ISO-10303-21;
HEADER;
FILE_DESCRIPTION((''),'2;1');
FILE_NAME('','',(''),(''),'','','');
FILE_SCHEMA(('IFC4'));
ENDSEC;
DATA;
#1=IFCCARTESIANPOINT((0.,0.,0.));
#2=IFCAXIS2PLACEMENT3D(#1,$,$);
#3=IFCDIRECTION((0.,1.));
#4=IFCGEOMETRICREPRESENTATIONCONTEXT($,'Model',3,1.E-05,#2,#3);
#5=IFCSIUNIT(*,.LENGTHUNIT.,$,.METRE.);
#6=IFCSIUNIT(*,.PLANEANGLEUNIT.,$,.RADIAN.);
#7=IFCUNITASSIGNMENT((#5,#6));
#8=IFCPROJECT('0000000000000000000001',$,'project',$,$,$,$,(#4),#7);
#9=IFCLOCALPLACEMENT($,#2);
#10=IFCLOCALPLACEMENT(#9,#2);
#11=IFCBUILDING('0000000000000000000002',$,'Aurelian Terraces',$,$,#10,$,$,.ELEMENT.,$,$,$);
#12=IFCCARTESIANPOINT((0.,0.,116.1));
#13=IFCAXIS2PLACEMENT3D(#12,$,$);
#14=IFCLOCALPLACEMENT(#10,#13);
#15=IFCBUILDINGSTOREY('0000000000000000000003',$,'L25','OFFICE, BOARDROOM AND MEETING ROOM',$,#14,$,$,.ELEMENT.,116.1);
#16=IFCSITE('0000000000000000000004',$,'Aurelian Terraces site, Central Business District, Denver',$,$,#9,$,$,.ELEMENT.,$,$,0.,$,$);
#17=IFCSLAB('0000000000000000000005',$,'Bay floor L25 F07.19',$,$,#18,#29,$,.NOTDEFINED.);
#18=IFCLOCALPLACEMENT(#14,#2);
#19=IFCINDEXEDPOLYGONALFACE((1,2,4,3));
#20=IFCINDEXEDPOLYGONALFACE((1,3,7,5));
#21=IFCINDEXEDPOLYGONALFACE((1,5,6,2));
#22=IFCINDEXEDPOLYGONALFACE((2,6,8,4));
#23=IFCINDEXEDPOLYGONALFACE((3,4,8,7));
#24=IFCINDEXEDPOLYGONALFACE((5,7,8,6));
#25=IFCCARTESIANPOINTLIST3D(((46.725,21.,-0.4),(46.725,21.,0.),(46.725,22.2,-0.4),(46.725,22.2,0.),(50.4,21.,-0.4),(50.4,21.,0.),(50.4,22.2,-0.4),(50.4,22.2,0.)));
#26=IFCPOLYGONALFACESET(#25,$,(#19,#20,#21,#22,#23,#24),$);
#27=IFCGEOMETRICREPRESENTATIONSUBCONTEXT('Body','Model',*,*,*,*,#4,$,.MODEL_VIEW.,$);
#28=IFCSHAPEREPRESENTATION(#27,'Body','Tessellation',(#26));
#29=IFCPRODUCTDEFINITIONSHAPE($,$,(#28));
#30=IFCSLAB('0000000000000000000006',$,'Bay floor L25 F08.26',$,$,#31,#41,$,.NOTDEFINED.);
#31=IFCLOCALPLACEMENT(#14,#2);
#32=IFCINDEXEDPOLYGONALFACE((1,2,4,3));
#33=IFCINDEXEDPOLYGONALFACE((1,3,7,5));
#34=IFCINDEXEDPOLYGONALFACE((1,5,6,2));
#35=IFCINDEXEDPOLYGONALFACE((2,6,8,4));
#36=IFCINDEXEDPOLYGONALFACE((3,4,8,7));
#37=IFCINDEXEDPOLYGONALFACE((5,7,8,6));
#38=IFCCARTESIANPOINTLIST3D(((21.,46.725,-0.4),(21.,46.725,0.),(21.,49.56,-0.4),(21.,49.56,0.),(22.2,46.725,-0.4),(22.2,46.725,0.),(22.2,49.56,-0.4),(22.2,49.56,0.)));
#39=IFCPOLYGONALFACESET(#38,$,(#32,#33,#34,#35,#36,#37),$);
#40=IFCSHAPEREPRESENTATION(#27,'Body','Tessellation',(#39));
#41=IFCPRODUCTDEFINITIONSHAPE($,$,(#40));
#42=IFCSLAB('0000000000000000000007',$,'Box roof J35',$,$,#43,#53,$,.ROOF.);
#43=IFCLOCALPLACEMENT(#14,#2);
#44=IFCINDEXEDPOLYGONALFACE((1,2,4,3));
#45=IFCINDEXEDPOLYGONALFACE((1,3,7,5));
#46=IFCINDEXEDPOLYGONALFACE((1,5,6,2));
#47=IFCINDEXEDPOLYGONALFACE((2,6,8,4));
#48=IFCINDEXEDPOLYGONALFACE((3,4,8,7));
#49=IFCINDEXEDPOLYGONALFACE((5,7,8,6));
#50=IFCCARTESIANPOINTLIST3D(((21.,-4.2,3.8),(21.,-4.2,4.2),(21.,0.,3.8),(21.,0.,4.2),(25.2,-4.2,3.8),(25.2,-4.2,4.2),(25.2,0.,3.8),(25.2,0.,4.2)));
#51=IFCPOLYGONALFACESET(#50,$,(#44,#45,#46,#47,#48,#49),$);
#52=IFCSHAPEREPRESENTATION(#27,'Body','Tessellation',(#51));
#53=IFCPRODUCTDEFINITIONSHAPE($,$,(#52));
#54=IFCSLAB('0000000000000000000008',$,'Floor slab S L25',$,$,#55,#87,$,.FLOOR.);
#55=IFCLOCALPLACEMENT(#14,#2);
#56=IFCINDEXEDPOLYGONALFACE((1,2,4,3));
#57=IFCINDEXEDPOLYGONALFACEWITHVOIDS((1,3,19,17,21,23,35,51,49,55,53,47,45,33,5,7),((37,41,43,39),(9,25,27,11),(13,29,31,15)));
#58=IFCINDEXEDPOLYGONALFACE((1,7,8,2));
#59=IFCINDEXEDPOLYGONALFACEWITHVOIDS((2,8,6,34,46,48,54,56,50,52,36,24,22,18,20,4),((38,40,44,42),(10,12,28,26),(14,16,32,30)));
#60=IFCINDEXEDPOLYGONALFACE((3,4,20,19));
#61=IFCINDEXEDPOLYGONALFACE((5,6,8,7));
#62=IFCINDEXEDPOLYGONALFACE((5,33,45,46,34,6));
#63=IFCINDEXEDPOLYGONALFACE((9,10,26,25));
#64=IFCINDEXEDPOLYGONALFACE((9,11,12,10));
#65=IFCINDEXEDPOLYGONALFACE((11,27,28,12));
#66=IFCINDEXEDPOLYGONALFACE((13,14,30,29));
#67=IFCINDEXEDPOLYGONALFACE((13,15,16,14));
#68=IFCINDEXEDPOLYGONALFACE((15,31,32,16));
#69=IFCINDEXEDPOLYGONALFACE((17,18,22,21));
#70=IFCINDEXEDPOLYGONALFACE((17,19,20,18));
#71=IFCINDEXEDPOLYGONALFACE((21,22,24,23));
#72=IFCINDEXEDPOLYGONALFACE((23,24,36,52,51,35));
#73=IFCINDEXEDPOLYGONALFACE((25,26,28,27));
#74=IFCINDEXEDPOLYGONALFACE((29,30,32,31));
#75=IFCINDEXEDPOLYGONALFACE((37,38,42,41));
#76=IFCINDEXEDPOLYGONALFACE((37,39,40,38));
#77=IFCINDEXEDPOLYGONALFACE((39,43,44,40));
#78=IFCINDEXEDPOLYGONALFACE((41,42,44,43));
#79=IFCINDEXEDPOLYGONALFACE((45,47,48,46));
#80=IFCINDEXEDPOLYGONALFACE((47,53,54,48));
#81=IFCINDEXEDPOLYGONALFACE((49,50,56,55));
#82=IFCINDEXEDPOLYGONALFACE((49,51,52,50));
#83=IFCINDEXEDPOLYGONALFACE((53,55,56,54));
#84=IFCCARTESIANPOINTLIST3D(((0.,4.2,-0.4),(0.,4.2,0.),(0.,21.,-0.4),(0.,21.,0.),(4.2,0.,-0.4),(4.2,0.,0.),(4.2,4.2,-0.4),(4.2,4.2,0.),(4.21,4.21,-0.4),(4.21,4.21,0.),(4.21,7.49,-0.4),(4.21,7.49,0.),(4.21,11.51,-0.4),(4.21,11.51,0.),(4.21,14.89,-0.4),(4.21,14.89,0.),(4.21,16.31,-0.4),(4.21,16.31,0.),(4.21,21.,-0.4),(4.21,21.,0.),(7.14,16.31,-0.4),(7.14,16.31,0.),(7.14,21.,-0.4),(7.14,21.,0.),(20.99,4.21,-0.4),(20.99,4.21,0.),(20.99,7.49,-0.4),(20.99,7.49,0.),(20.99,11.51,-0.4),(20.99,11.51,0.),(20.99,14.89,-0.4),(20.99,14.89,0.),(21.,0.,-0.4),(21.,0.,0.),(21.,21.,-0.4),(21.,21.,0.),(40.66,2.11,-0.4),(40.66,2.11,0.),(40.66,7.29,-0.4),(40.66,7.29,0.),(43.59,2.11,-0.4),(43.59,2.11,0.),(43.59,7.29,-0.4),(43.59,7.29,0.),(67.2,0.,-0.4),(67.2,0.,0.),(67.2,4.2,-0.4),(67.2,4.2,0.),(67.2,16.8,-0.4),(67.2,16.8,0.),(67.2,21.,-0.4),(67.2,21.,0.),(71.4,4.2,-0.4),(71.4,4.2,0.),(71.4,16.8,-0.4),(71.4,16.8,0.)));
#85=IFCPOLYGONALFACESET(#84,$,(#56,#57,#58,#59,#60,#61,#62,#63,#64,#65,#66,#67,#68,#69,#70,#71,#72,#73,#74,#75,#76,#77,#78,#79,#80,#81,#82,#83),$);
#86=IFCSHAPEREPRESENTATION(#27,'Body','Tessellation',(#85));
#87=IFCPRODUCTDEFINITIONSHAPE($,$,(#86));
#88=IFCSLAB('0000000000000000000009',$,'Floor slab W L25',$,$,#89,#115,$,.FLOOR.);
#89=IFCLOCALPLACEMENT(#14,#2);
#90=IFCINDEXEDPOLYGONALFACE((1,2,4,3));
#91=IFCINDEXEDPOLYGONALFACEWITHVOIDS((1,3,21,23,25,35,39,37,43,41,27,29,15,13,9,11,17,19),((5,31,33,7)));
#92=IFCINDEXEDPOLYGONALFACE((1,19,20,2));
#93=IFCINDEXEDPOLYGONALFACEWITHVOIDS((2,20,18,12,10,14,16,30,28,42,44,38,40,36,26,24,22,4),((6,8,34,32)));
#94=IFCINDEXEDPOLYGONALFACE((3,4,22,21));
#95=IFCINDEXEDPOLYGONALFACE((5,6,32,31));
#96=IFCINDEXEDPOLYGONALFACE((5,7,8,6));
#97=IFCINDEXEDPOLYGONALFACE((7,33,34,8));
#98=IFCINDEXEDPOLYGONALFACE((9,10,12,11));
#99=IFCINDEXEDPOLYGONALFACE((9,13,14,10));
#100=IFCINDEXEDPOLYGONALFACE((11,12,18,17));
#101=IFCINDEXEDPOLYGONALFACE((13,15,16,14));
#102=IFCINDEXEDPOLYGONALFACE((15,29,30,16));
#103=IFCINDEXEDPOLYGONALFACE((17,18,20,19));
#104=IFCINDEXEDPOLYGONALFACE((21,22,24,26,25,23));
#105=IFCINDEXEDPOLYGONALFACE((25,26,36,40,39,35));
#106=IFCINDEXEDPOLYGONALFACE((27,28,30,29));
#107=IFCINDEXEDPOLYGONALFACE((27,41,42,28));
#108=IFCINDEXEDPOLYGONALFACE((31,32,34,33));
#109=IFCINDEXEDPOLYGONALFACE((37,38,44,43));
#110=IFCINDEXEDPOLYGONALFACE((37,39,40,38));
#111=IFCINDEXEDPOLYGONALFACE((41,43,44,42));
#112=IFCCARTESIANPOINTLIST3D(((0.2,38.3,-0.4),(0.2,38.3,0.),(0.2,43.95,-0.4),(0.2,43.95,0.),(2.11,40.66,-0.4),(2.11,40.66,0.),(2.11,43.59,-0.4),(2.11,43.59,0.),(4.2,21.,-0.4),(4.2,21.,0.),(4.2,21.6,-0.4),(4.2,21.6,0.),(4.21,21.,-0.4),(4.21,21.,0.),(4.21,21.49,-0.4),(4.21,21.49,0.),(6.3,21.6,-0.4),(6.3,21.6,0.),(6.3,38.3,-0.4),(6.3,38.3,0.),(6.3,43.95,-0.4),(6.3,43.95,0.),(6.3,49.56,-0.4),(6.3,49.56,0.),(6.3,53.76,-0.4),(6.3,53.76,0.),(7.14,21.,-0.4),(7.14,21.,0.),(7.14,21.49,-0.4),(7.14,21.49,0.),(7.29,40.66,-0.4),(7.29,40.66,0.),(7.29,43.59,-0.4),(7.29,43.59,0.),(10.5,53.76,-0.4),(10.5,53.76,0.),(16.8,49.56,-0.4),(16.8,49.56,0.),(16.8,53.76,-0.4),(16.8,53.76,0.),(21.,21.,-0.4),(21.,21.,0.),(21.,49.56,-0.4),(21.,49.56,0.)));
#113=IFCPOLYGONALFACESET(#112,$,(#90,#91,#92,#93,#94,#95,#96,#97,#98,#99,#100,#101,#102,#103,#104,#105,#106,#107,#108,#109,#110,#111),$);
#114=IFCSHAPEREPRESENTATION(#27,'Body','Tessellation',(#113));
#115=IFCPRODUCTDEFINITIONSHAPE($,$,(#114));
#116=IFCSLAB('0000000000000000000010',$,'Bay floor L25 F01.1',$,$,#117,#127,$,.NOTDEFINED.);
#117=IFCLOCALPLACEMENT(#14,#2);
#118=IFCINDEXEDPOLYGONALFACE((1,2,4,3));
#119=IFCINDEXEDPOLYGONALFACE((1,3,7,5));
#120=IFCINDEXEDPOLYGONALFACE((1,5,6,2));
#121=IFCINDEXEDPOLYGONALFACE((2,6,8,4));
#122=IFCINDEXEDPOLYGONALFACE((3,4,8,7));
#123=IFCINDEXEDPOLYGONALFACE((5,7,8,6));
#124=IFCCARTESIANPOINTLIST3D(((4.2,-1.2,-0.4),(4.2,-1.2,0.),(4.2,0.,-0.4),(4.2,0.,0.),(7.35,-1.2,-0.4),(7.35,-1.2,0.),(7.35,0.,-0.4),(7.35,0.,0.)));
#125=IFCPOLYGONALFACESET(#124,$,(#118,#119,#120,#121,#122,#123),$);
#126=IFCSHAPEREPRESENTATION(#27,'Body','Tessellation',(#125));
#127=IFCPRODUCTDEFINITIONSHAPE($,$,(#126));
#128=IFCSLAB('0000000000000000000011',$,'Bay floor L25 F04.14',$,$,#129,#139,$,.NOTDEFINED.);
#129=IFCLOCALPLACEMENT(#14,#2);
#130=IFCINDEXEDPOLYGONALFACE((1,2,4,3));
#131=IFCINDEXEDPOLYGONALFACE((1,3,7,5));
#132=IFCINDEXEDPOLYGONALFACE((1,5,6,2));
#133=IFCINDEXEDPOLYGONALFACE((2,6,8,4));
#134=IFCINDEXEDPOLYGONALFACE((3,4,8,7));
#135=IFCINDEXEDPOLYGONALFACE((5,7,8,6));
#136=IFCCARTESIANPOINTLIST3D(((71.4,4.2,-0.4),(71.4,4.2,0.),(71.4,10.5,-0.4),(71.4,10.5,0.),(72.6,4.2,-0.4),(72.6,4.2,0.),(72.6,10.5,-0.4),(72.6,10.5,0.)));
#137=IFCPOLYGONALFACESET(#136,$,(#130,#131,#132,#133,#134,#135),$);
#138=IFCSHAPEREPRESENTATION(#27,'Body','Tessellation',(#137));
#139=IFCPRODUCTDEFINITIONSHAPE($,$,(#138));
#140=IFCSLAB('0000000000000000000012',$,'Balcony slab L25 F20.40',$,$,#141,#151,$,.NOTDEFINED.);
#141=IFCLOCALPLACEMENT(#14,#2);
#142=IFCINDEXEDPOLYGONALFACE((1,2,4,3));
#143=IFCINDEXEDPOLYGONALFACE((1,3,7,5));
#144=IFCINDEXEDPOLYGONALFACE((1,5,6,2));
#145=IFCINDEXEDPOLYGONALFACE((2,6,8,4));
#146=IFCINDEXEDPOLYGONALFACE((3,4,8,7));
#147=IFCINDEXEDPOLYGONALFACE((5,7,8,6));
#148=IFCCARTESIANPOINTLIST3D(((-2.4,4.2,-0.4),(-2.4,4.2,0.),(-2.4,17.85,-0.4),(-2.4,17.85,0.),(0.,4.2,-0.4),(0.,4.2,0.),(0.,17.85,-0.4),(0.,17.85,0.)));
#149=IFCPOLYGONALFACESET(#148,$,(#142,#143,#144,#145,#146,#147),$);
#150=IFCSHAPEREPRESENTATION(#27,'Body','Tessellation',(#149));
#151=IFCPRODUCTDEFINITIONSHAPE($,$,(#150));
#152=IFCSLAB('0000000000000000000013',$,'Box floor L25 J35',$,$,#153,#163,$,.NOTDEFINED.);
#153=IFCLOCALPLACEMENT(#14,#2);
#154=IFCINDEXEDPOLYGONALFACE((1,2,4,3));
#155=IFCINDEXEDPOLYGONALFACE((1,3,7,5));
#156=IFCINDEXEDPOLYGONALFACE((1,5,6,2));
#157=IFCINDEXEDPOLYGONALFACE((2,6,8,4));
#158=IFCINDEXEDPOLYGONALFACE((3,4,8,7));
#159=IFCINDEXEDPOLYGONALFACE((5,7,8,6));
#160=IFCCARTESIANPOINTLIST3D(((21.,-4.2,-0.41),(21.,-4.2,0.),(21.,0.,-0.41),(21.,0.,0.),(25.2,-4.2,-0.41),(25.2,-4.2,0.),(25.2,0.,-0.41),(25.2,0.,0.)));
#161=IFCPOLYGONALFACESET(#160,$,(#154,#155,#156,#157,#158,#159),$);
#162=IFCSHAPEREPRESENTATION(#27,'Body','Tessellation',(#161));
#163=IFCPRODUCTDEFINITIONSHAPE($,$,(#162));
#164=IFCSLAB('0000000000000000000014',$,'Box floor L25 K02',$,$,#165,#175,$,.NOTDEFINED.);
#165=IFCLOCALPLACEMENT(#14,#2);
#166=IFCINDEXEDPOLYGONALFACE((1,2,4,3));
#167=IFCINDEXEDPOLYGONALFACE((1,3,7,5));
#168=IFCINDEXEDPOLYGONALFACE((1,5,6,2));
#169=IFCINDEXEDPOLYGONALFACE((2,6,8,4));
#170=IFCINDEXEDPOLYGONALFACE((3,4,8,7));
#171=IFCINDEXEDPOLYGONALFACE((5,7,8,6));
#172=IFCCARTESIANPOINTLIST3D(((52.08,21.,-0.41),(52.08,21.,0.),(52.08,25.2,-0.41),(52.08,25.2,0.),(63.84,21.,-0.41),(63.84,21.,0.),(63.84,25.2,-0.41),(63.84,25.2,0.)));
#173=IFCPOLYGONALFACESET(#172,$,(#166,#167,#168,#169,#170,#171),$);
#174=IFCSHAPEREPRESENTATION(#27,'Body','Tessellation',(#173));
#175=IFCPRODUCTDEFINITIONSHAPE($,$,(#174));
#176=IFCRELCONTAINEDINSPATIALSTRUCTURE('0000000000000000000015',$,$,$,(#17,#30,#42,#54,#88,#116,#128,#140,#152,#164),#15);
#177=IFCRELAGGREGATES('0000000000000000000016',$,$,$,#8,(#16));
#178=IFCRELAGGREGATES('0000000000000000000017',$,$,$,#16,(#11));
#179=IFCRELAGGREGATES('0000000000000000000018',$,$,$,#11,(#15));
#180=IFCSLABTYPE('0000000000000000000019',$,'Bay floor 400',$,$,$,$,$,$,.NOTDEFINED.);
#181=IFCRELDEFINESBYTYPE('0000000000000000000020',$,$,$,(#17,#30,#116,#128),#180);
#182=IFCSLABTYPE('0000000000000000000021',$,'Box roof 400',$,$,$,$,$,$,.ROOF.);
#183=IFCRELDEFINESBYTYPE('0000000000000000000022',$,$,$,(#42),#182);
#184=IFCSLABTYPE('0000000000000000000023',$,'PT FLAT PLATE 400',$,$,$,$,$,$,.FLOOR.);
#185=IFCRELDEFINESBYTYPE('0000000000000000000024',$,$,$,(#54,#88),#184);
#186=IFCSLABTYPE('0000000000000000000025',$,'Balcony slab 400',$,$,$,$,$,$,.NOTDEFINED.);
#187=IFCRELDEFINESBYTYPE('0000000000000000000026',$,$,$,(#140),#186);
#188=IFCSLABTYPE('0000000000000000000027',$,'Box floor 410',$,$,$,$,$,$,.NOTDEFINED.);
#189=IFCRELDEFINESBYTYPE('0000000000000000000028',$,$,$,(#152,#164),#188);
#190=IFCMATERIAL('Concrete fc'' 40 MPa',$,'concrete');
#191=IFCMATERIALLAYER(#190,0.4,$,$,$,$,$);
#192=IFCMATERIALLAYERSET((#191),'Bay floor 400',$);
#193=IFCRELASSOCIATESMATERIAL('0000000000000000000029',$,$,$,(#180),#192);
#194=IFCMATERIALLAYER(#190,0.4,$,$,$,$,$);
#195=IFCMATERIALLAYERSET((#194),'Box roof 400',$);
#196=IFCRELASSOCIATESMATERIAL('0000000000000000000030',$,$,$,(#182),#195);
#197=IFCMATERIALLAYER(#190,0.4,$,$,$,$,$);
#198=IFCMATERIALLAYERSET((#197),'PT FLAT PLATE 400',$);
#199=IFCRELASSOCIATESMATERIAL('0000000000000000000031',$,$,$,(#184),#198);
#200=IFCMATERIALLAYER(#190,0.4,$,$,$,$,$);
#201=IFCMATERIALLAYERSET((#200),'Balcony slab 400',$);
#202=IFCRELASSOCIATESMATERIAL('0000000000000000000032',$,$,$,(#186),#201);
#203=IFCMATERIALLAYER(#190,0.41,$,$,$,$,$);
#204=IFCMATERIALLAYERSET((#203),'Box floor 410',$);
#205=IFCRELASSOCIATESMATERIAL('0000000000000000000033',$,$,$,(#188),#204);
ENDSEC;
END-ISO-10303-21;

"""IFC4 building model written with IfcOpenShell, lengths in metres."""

from ifc_helpers import new_model, si_unit, direction, frame, origin, place, context, subcontext, project, spatial, polyline, outline, extrude, source, transform, mapped, material, layer, layer_set, type_object, element, save


model = new_model("IFC4")

# Units and contexts
model_context = context("Model", 3, precision=1e-05, world=origin(), true_north=direction((0.0, 1.0)))
body_context = subcontext(model_context, "Body", "Model", "MODEL_VIEW")
ifc_project = project(units=[si_unit("LENGTHUNIT", "METRE"), si_unit("PLANEANGLEUNIT", "RADIAN")], contexts=[model_context])

# Site, building, storey
site_placement = place(None, origin())
site = spatial("IfcSite", under=ifc_project, at=site_placement, Name="Aurelian Terraces site, Central Business District, Denver", CompositionType="ELEMENT", RefElevation=0.0)
building_placement = place(site_placement, origin())
building = spatial("IfcBuilding", under=site, at=building_placement, Name="Aurelian Terraces", CompositionType="ELEMENT")
storey_placement = place(building_placement, frame((0.0, 0.0, 116.1)))
storey = spatial("IfcBuildingStorey", under=building, at=storey_placement, Name="L25", Description="OFFICE, BOARDROOM AND MEETING ROOM", CompositionType="ELEMENT", Elevation=116.1)

# Slabs
ifc_material_1 = material(Name="Concrete fc' 40 MPa", Category="concrete")
ifc_layer_1 = layer(ifc_material_1, 0.4)
ifc_layer_set_1 = layer_set([ifc_layer_1], Name="Bay floor 400")
slab_type_1 = type_object("IfcSlabType", Name="Bay floor 400", PredefinedType="NOTDEFINED", material=ifc_layer_set_1)
slab_1_placement = place(storey_placement, frame((0.0, 0.0, -0.4)))
element("IfcSlab", 1, at=slab_1_placement, inside=storey, type_object=slab_type_1, Name="Bay floor L25 F07.19", PredefinedType="NOTDEFINED", context=body_context, shape_type="SweptSolid", body=[
    extrude(outline(polyline([(50.4, 21.0), (46.725, 21.0), (46.725, 22.2), (50.4, 22.2), (50.4, 21.0)])), origin(), (0.0, 0.0, 1.0), 0.4),
])
slab_2_placement = place(storey_placement, frame((0.0, 0.0, -0.4)))
element("IfcSlab", 2, at=slab_2_placement, inside=storey, type_object=slab_type_1, Name="Bay floor L25 F08.26", PredefinedType="NOTDEFINED", context=body_context, shape_type="SweptSolid", body=[
    extrude(outline(polyline([(21.0, 46.725), (21.0, 49.56), (22.2, 49.56), (22.2, 46.725), (21.0, 46.725)])), origin(), (0.0, 0.0, 1.0), 0.4),
])
ifc_layer_2 = layer(ifc_material_1, 0.4)
ifc_layer_set_2 = layer_set([ifc_layer_2], Name="Box roof 400")
slab_type_2 = type_object("IfcSlabType", Name="Box roof 400", PredefinedType="ROOF", material=ifc_layer_set_2)
slab_3_placement = place(storey_placement, frame((0.0, 0.0, 3.8)))
element("IfcSlab", 3, at=slab_3_placement, inside=storey, type_object=slab_type_2, Name="Box roof J35", PredefinedType="ROOF", context=body_context, shape_type="SweptSolid", body=[
    extrude(outline(polyline([(21.0, -4.2), (25.2, -4.2), (25.2, 0.0), (21.0, 0.0), (21.0, -4.2)])), origin(), (0.0, 0.0, 1.0), 0.4),
])
ifc_layer_3 = layer(ifc_material_1, 0.4)
ifc_layer_set_3 = layer_set([ifc_layer_3], Name="PT FLAT PLATE 400")
slab_type_3 = type_object("IfcSlabType", Name="PT FLAT PLATE 400", PredefinedType="FLOOR", material=ifc_layer_set_3)
shared_shape_1 = source(origin(), body_context, "Body", "SweptSolid", [
    extrude(outline(polyline([(67.2, 16.8), (71.4, 16.8), (71.4, 4.2), (67.2, 4.2), (67.2, 0.0), (21.0, 0.0), (4.2, 0.0), (4.2, 4.2), (0.0, 4.2), (0.0, 21.0), (4.21, 21.0), (4.21, 16.31), (7.14, 16.31), (7.14, 21.0), (21.0, 21.0), (67.2, 21.0), (67.2, 16.8)]), holes=[polyline([(40.66, 2.11), (43.59, 2.11), (43.59, 7.29), (40.66, 7.29), (40.66, 2.11)]), polyline([(4.21, 7.49), (4.21, 4.21), (20.99, 4.21), (20.99, 7.49), (4.21, 7.49)]), polyline([(4.21, 14.89), (4.21, 11.51), (20.99, 11.51), (20.99, 14.89), (4.21, 14.89)])]), origin(), (0.0, 0.0, 1.0), 0.4),
])
slab_4_placement = place(storey_placement, frame((0.0, 0.0, -0.4)))
element("IfcSlab", 4, at=slab_4_placement, inside=storey, type_object=slab_type_3, Name="Floor slab S L25", PredefinedType="FLOOR", context=body_context, shape_type="MappedRepresentation", body=[
    mapped(shared_shape_1, transform((0.0, 0.0, 0.0), scale=1.0)),
])
shared_shape_2 = source(origin(), body_context, "Body", "SweptSolid", [
    extrude(outline(polyline([(0.2, 43.95), (6.3, 43.95), (6.3, 49.56), (6.3, 53.76), (10.5, 53.76), (16.8, 53.76), (16.8, 49.56), (21.0, 49.56), (21.0, 21.0), (7.14, 21.0), (7.14, 21.49), (4.21, 21.49), (4.21, 21.0), (4.2, 21.0), (4.2, 21.6), (6.3, 21.6), (6.3, 38.3), (0.2, 38.3), (0.2, 43.95)]), holes=[polyline([(7.29, 43.59), (2.11, 43.59), (2.11, 40.66), (7.29, 40.66), (7.29, 43.59)])]), origin(), (0.0, 0.0, 1.0), 0.4),
])
slab_5_placement = place(storey_placement, frame((0.0, 0.0, -0.4)))
element("IfcSlab", 5, at=slab_5_placement, inside=storey, type_object=slab_type_3, Name="Floor slab W L25", PredefinedType="FLOOR", context=body_context, shape_type="MappedRepresentation", body=[
    mapped(shared_shape_2, transform((0.0, 0.0, 0.0), scale=1.0)),
])
shared_shape_3 = source(origin(), body_context, "Body", "SweptSolid", [
    extrude(outline(polyline([(4.2, 0.0), (7.35, 0.0), (7.35, -1.2), (4.2, -1.2), (4.2, 0.0)])), origin(), (0.0, 0.0, 1.0), 0.4),
])
slab_6_placement = place(storey_placement, frame((0.0, 0.0, -0.4)))
element("IfcSlab", 6, at=slab_6_placement, inside=storey, type_object=slab_type_1, Name="Bay floor L25 F01.1", PredefinedType="NOTDEFINED", context=body_context, shape_type="MappedRepresentation", body=[
    mapped(shared_shape_3, transform((0.0, 0.0, 0.0), scale=1.0)),
])
shared_shape_4 = source(origin(), body_context, "Body", "SweptSolid", [
    extrude(outline(polyline([(71.4, 4.2), (71.4, 10.5), (72.6, 10.5), (72.6, 4.2), (71.4, 4.2)])), origin(), (0.0, 0.0, 1.0), 0.4),
])
slab_7_placement = place(storey_placement, frame((0.0, 0.0, -0.4)))
element("IfcSlab", 7, at=slab_7_placement, inside=storey, type_object=slab_type_1, Name="Bay floor L25 F04.14", PredefinedType="NOTDEFINED", context=body_context, shape_type="MappedRepresentation", body=[
    mapped(shared_shape_4, transform((0.0, 0.0, 0.0), scale=1.0)),
])
ifc_layer_4 = layer(ifc_material_1, 0.4)
ifc_layer_set_4 = layer_set([ifc_layer_4], Name="Balcony slab 400")
slab_type_4 = type_object("IfcSlabType", Name="Balcony slab 400", PredefinedType="NOTDEFINED", material=ifc_layer_set_4)
shared_shape_5 = source(origin(), body_context, "Body", "SweptSolid", [
    extrude(outline(polyline([(0.0, 17.85), (0.0, 4.2), (-2.4, 4.2), (-2.4, 17.85), (0.0, 17.85)])), origin(), (0.0, 0.0, 1.0), 0.4),
])
slab_8_placement = place(storey_placement, frame((0.0, 0.0, -0.4)))
element("IfcSlab", 8, at=slab_8_placement, inside=storey, type_object=slab_type_4, Name="Balcony slab L25 F20.40", PredefinedType="NOTDEFINED", context=body_context, shape_type="MappedRepresentation", body=[
    mapped(shared_shape_5, transform((0.0, 0.0, 0.0), scale=1.0)),
])
ifc_layer_5 = layer(ifc_material_1, 0.41)
ifc_layer_set_5 = layer_set([ifc_layer_5], Name="Box floor 410")
slab_type_5 = type_object("IfcSlabType", Name="Box floor 410", PredefinedType="NOTDEFINED", material=ifc_layer_set_5)
shared_shape_6 = source(origin(), body_context, "Body", "SweptSolid", [
    extrude(outline(polyline([(21.0, -4.2), (25.2, -4.2), (25.2, 0.0), (21.0, 0.0), (21.0, -4.2)])), origin(), (0.0, 0.0, 1.0), 0.41),
])
slab_9_placement = place(storey_placement, frame((0.0, 0.0, -0.41)))
element("IfcSlab", 9, at=slab_9_placement, inside=storey, type_object=slab_type_5, Name="Box floor L25 J35", PredefinedType="NOTDEFINED", context=body_context, shape_type="MappedRepresentation", body=[
    mapped(shared_shape_6, transform((0.0, 0.0, 0.0), scale=1.0)),
])
shared_shape_7 = source(origin(), body_context, "Body", "SweptSolid", [
    extrude(outline(polyline([(63.84, 25.2), (52.08, 25.2), (52.08, 21.0), (63.84, 21.0), (63.84, 25.2)])), origin(), (0.0, 0.0, 1.0), 0.41),
])
slab_10_placement = place(storey_placement, frame((0.0, 0.0, -0.41)))
element("IfcSlab", 10, at=slab_10_placement, inside=storey, type_object=slab_type_5, Name="Box floor L25 K02", PredefinedType="NOTDEFINED", context=body_context, shape_type="MappedRepresentation", body=[
    mapped(shared_shape_7, transform((0.0, 0.0, 0.0), scale=1.0)),
])

save(model, "model.ifc")
